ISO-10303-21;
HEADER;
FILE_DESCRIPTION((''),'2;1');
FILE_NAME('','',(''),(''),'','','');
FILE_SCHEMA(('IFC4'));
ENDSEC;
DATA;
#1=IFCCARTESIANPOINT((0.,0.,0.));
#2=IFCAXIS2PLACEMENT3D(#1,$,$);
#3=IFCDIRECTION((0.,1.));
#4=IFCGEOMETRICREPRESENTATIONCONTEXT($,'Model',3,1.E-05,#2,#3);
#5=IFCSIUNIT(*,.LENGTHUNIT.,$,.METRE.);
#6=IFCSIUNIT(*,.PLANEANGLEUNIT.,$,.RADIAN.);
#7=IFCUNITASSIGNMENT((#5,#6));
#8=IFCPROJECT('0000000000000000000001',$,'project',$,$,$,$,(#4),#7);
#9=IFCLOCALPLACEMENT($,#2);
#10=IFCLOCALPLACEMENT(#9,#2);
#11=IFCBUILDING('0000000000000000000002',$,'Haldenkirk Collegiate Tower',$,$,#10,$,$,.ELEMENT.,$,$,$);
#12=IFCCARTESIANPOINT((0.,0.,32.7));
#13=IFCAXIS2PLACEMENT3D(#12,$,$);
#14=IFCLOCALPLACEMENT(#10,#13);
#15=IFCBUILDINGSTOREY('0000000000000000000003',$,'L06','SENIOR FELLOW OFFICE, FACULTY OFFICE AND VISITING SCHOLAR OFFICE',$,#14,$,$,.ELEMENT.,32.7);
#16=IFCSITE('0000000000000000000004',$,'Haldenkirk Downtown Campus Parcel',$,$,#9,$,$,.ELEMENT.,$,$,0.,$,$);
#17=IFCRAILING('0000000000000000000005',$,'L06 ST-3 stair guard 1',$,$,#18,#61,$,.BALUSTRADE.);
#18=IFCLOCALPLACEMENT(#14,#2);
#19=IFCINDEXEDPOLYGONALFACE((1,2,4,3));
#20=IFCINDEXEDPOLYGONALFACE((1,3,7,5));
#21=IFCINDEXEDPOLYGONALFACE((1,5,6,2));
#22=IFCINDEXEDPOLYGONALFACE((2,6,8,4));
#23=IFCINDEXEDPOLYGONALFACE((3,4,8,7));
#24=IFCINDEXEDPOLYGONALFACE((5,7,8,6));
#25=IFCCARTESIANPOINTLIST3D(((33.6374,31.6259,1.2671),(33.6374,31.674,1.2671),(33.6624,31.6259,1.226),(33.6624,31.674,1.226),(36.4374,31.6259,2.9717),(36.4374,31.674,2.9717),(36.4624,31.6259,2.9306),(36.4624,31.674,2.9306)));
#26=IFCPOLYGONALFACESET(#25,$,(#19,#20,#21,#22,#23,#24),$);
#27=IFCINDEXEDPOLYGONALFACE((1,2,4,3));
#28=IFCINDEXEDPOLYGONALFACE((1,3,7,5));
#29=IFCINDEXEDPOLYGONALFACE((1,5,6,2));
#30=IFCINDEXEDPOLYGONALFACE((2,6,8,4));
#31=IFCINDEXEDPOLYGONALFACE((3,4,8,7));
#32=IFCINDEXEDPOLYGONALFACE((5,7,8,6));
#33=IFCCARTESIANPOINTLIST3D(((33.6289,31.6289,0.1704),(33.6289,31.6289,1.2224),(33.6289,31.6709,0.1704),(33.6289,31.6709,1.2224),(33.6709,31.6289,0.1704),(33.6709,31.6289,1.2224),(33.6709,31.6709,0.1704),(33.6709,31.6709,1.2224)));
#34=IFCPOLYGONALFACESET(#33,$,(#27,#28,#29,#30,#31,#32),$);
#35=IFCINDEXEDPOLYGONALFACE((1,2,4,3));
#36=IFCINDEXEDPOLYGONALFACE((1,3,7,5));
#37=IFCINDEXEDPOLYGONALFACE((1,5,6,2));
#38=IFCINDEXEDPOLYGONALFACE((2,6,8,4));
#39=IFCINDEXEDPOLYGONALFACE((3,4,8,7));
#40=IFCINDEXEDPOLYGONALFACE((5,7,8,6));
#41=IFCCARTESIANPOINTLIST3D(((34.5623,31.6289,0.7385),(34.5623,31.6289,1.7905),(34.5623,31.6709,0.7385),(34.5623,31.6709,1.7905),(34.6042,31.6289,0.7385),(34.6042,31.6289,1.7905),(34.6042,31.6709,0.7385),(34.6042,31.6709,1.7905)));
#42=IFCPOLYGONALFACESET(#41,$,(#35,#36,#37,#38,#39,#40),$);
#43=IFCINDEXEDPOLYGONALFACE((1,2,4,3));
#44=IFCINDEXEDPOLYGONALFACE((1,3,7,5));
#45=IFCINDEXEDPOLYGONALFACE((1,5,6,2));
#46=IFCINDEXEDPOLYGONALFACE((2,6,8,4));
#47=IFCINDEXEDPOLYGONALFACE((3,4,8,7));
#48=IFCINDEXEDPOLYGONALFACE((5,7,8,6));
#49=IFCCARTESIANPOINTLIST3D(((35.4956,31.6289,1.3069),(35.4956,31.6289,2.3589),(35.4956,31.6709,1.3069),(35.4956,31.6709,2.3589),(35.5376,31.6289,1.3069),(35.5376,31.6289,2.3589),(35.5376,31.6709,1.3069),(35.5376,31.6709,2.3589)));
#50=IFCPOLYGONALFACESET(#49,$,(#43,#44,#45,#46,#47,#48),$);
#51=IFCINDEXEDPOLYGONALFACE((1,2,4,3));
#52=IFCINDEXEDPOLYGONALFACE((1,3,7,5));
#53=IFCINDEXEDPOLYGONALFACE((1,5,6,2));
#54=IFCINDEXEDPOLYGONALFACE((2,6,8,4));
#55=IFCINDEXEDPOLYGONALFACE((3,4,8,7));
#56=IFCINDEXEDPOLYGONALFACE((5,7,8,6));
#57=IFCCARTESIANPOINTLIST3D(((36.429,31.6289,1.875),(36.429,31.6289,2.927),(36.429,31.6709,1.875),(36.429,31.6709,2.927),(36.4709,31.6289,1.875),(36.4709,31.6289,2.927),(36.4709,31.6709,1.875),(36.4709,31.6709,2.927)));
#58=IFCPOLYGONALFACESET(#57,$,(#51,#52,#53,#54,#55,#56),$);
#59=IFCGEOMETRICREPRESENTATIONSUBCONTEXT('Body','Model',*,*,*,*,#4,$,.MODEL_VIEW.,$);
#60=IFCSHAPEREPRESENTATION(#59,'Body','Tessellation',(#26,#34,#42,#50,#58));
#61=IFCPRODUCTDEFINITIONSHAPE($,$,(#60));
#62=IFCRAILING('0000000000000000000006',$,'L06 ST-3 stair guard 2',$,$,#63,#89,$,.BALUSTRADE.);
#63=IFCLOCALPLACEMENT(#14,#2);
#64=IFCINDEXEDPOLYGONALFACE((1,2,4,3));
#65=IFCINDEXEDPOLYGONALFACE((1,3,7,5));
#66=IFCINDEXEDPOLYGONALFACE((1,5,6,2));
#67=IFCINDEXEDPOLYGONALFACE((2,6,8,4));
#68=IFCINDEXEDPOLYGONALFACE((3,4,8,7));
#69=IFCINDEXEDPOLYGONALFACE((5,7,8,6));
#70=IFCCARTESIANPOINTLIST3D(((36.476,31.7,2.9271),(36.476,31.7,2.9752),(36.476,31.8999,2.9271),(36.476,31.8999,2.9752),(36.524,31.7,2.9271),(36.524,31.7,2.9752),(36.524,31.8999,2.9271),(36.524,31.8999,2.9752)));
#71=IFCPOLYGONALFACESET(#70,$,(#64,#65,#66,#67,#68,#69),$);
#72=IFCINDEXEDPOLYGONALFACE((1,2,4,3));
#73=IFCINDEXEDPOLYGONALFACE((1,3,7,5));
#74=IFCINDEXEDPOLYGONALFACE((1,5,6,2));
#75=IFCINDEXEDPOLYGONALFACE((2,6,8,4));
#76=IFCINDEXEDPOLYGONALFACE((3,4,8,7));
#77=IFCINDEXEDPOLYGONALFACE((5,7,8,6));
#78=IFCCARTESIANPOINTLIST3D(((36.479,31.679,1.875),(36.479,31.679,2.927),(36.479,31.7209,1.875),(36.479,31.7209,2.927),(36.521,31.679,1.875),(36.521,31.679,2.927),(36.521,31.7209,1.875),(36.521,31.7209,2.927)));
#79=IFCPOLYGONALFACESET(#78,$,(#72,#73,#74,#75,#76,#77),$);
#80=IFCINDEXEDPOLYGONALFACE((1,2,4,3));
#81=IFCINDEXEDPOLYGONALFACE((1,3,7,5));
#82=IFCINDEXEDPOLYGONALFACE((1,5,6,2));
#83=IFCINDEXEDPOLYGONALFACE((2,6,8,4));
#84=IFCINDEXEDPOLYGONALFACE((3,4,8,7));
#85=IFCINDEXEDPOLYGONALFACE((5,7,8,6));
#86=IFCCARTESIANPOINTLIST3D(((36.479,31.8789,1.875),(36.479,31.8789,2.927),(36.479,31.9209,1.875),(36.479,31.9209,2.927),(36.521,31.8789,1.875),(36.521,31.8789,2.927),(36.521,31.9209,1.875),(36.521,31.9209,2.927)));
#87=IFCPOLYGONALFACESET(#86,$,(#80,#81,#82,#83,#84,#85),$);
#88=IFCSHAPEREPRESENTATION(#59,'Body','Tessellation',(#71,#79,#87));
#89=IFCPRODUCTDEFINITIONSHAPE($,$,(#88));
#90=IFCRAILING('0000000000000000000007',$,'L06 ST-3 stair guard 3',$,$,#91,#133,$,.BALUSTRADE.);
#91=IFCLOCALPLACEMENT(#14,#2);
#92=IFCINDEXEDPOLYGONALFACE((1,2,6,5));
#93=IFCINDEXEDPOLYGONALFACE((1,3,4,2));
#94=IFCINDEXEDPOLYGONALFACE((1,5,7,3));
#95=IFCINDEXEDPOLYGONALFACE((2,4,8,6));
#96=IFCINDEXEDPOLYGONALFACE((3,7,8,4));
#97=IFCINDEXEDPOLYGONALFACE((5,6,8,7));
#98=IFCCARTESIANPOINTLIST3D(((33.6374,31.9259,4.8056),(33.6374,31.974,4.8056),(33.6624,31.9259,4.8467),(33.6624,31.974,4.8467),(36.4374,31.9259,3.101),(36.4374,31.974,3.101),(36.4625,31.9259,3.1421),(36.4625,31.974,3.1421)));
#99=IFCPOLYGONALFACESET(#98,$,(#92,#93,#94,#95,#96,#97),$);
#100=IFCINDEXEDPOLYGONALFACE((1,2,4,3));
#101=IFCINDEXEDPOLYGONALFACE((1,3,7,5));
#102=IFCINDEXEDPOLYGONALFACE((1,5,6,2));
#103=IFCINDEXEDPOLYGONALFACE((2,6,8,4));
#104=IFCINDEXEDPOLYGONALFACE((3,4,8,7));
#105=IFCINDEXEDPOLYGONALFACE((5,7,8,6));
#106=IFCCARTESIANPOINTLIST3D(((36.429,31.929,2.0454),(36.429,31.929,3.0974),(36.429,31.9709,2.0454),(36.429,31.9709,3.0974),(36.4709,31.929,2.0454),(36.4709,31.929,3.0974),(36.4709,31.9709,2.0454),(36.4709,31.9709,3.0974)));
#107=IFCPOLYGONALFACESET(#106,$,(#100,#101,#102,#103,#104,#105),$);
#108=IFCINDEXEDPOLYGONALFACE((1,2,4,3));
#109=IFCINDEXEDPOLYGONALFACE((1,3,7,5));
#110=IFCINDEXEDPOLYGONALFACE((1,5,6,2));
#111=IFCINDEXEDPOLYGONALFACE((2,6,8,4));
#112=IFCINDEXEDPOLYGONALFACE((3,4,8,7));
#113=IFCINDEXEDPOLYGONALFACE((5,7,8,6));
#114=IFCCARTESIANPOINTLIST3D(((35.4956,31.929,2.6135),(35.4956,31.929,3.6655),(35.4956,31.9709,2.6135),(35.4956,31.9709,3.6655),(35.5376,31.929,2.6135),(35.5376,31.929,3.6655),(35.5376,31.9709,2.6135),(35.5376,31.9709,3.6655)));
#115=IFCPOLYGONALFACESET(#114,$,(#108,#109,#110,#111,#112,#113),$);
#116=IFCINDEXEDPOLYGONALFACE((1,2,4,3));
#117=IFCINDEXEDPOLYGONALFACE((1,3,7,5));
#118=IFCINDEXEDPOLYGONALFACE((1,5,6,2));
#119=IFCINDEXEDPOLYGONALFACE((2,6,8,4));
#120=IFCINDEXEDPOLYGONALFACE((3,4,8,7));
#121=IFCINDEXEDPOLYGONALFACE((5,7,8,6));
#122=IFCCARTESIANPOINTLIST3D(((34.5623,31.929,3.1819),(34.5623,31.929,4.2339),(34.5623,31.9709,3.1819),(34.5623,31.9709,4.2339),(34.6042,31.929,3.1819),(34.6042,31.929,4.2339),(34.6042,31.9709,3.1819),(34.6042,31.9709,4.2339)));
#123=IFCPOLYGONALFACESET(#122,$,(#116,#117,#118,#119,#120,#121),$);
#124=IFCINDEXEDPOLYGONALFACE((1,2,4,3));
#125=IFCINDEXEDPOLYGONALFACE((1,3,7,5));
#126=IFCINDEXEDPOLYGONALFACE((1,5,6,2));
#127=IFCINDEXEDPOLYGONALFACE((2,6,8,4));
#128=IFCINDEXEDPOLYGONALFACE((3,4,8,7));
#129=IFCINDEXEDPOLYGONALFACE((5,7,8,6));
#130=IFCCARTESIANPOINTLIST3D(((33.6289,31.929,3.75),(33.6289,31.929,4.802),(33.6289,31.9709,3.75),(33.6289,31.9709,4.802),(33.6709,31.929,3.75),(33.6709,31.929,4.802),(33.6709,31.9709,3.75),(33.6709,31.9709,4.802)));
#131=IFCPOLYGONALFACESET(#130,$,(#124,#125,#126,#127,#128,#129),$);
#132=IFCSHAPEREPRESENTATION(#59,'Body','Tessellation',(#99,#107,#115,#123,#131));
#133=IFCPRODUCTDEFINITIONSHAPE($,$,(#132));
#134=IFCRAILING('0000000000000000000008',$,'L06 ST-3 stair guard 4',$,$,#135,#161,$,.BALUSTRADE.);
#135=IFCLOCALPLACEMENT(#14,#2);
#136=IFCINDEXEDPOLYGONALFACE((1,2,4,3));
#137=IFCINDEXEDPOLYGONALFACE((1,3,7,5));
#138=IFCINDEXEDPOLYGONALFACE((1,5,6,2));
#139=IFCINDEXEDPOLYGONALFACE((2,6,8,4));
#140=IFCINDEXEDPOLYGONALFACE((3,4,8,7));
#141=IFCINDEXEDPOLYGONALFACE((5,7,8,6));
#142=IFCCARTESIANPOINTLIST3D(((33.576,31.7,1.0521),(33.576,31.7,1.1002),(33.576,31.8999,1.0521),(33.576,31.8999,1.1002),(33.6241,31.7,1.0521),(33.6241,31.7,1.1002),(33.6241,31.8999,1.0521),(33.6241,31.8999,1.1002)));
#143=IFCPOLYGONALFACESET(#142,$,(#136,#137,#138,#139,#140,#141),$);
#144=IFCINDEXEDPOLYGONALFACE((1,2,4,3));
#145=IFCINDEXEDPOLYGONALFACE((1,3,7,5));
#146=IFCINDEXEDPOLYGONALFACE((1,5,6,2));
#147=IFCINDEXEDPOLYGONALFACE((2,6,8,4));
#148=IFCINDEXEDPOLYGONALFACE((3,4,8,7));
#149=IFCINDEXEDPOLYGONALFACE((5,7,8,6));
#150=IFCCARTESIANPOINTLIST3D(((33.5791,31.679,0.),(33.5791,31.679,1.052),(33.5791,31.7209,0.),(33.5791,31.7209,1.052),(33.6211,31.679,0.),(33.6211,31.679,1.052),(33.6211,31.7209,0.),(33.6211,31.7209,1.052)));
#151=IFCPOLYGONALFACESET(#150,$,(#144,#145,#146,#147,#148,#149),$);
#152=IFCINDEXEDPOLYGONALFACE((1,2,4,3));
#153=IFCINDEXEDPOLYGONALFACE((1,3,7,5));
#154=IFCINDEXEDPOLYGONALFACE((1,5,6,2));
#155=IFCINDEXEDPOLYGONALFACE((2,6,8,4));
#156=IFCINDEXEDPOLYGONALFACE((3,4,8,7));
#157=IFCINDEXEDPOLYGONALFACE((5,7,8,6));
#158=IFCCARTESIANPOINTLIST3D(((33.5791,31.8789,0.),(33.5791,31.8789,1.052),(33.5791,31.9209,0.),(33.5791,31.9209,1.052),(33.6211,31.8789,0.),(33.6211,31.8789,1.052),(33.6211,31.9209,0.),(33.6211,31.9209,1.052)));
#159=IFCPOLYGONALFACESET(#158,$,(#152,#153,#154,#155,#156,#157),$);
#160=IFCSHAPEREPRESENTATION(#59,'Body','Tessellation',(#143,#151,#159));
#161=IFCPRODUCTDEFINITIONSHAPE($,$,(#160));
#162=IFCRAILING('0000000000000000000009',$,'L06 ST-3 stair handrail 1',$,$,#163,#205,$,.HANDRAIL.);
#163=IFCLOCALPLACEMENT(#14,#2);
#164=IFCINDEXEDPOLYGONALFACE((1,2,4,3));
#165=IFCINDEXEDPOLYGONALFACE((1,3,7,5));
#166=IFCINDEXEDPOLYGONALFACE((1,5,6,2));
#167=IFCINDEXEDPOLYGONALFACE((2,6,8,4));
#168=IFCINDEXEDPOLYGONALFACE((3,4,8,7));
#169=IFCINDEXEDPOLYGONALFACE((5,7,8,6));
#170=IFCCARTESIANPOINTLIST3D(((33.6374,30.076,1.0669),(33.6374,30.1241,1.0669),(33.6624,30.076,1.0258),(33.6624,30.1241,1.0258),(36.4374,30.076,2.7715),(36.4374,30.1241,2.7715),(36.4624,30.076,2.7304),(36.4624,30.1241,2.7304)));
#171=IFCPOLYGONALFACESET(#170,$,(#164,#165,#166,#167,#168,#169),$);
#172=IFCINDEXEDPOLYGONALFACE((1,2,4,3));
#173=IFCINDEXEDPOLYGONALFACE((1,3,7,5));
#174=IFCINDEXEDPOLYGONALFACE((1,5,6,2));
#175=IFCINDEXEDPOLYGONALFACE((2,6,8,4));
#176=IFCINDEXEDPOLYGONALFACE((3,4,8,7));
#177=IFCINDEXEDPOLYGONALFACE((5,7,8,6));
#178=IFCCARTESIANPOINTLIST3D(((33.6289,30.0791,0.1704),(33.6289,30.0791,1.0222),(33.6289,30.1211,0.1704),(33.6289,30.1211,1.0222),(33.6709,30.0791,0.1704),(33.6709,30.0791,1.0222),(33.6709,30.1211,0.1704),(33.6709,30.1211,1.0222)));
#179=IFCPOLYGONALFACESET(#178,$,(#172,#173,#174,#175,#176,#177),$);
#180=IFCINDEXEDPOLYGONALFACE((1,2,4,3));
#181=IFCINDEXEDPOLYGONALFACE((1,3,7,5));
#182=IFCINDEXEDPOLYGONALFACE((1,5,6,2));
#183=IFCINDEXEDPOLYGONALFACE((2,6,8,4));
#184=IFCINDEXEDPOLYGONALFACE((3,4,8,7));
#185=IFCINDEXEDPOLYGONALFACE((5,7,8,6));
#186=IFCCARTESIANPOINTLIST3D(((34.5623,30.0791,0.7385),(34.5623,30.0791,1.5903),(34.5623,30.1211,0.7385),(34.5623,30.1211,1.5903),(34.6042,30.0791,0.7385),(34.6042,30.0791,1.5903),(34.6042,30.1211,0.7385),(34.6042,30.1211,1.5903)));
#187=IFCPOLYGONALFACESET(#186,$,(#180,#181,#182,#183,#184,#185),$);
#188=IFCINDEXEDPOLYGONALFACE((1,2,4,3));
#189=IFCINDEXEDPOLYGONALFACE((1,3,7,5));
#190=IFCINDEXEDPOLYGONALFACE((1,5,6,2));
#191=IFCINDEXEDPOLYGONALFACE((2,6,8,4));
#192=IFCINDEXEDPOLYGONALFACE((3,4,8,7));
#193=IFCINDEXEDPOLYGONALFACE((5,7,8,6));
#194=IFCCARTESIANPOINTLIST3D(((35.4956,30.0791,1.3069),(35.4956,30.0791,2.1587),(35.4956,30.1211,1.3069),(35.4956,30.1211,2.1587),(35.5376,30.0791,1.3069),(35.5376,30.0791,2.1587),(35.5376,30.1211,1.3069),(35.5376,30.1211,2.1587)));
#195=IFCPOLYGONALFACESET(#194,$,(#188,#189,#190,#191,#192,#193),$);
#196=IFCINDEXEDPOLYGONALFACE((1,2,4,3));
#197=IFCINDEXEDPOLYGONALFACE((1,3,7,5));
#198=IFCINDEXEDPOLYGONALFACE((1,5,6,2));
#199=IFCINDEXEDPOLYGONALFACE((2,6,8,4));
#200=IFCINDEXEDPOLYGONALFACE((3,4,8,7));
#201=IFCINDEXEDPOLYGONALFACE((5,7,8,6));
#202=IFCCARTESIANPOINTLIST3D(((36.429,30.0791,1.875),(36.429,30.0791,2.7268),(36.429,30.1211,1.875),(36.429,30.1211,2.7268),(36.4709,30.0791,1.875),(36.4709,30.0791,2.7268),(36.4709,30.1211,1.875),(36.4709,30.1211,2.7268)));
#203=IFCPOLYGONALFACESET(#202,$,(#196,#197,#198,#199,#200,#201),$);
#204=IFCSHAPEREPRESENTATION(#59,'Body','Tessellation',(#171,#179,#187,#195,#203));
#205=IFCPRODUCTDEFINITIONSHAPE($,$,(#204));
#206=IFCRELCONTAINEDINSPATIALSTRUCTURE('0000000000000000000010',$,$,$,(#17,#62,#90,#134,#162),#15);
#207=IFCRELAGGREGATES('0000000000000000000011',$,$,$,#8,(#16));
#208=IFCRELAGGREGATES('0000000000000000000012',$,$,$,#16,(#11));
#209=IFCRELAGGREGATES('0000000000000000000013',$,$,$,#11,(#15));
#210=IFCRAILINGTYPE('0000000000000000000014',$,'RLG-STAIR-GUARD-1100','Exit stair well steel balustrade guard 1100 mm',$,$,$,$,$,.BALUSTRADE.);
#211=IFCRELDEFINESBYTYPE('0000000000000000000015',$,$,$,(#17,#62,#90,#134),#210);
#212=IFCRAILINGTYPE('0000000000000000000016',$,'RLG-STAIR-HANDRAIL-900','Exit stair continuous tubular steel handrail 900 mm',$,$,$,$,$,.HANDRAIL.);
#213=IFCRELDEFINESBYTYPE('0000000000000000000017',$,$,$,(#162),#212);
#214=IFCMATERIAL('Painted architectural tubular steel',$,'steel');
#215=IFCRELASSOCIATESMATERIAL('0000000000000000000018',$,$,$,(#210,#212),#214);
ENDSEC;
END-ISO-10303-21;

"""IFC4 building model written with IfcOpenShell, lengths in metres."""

from ifc_helpers import new_model, si_unit, direction, frame, origin, origin_2d, place, context, subcontext, project, spatial, rectangle, extrude, material, type_object, element, save


model = new_model("IFC4")

# Units and contexts
model_context = context("Model", 3, precision=1e-05, world=origin(), true_north=direction((0.0, 1.0)))
body_context = subcontext(model_context, "Body", "Model", "MODEL_VIEW")
ifc_project = project(units=[si_unit("LENGTHUNIT", "METRE"), si_unit("PLANEANGLEUNIT", "RADIAN")], contexts=[model_context])

# Site, building, storey
site_placement = place(None, origin())
site = spatial("IfcSite", under=ifc_project, at=site_placement, Name="Haldenkirk Downtown Campus Parcel", CompositionType="ELEMENT", RefElevation=0.0)
building_placement = place(site_placement, origin())
building = spatial("IfcBuilding", under=site, at=building_placement, Name="Haldenkirk Collegiate Tower", CompositionType="ELEMENT")
storey_placement = place(building_placement, frame((0.0, 0.0, 32.7)))
storey = spatial("IfcBuildingStorey", under=building, at=storey_placement, Name="L06", Description="SENIOR FELLOW OFFICE, FACULTY OFFICE AND VISITING SCHOLAR OFFICE", CompositionType="ELEMENT", Elevation=32.7)

# Railings
ifc_material_1 = material(Name="Painted architectural tubular steel", Category="steel")
railing_type_1 = type_object("IfcRailingType", Name="RLG-STAIR-GUARD-1100", Description="Exit stair well steel balustrade guard 1100 mm", PredefinedType="BALUSTRADE", material=ifc_material_1)
railing_1_placement = place(storey_placement, frame((33.6499, 31.6499, 0.1704)))
element("IfcRailing", 1, at=railing_1_placement, inside=storey, type_object=railing_type_1, Name="L06 ST-3 stair guard 1", PredefinedType="BALUSTRADE", context=body_context, shape_type="SweptSolid", body=[
    extrude(rectangle(XDim=0.0481, YDim=0.0481, at=origin_2d()), frame((0.0, 0.0, 1.0762), z_axis=(0.85417, 0.0, 0.519994), x_axis=(0.0, 1.0, 0.0)), (0.0, 0.0, 1.0), 3.2781),
    extrude(rectangle(XDim=0.042, YDim=0.042, at=origin_2d()), origin(), (0.0, 0.0, 1.0), 1.052),
    extrude(rectangle(XDim=0.042, YDim=0.042, at=origin_2d()), frame((0.9333, 0.0, 0.5681)), (0.0, 0.0, 1.0), 1.052),
    extrude(rectangle(XDim=0.042, YDim=0.042, at=origin_2d()), frame((1.8667, 0.0, 1.1365)), (0.0, 0.0, 1.0), 1.052),
    extrude(rectangle(XDim=0.042, YDim=0.042, at=origin_2d()), frame((2.8, 0.0, 1.7046)), (0.0, 0.0, 1.0), 1.052),
])
railing_2_placement = place(storey_placement, frame((36.5, 31.7, 1.875)))
element("IfcRailing", 2, at=railing_2_placement, inside=storey, type_object=railing_type_1, Name="L06 ST-3 stair guard 2", PredefinedType="BALUSTRADE", context=body_context, shape_type="SweptSolid", body=[
    extrude(rectangle(XDim=0.0481, YDim=0.0481, at=origin_2d()), frame((0.0, 0.0, 1.0762), z_axis=(0.0, 1.0, 0.0), x_axis=(-1.0, 0.0, 0.0)), (0.0, 0.0, 1.0), 0.2),
    extrude(rectangle(XDim=0.042, YDim=0.042, at=origin_2d()), origin(), (0.0, 0.0, 1.0), 1.052),
    extrude(rectangle(XDim=0.042, YDim=0.042, at=origin_2d()), frame((0.0, 0.2, 0.0)), (0.0, 0.0, 1.0), 1.052),
])
railing_3_placement = place(storey_placement, frame((36.45, 31.95, 2.0454)))
element("IfcRailing", 3, at=railing_3_placement, inside=storey, type_object=railing_type_1, Name="L06 ST-3 stair guard 3", PredefinedType="BALUSTRADE", context=body_context, shape_type="SweptSolid", body=[
    extrude(rectangle(XDim=0.0481, YDim=0.0481, at=origin_2d()), frame((0.0, 0.0, 1.0762), z_axis=(-0.85417, 0.0, 0.519994), x_axis=(0.0, -1.0, 0.0)), (0.0, 0.0, 1.0), 3.2781),
    extrude(rectangle(XDim=0.042, YDim=0.042, at=origin_2d()), origin(), (0.0, 0.0, 1.0), 1.052),
    extrude(rectangle(XDim=0.042, YDim=0.042, at=origin_2d()), frame((-0.9333, 0.0, 0.5681)), (0.0, 0.0, 1.0), 1.052),
    extrude(rectangle(XDim=0.042, YDim=0.042, at=origin_2d()), frame((-1.8667, 0.0, 1.1365)), (0.0, 0.0, 1.0), 1.052),
    extrude(rectangle(XDim=0.042, YDim=0.042, at=origin_2d()), frame((-2.8, 0.0, 1.7046)), (0.0, 0.0, 1.0), 1.052),
])
railing_4_placement = place(storey_placement, frame((33.6001, 31.7, 0.0)))
element("IfcRailing", 4, at=railing_4_placement, inside=storey, type_object=railing_type_1, Name="L06 ST-3 stair guard 4", PredefinedType="BALUSTRADE", context=body_context, shape_type="SweptSolid", body=[
    extrude(rectangle(XDim=0.0481, YDim=0.0481, at=origin_2d()), frame((0.0, 0.0, 1.0762), z_axis=(0.0, 1.0, 0.0), x_axis=(-1.0, 0.0, 0.0)), (0.0, 0.0, 1.0), 0.2),
    extrude(rectangle(XDim=0.042, YDim=0.042, at=origin_2d()), origin(), (0.0, 0.0, 1.0), 1.052),
    extrude(rectangle(XDim=0.042, YDim=0.042, at=origin_2d()), frame((0.0, 0.2, 0.0)), (0.0, 0.0, 1.0), 1.052),
])
railing_type_2 = type_object("IfcRailingType", Name="RLG-STAIR-HANDRAIL-900", Description="Exit stair continuous tubular steel handrail 900 mm", PredefinedType="HANDRAIL", material=ifc_material_1)
railing_5_placement = place(storey_placement, frame((33.6499, 30.1001, 0.1704)))
element("IfcRailing", 5, at=railing_5_placement, inside=storey, type_object=railing_type_2, Name="L06 ST-3 stair handrail 1", PredefinedType="HANDRAIL", context=body_context, shape_type="SweptSolid", body=[
    extrude(rectangle(XDim=0.0481, YDim=0.0481, at=origin_2d()), frame((0.0, 0.0, 0.876), z_axis=(0.85417, 0.0, 0.519994), x_axis=(0.0, 1.0, 0.0)), (0.0, 0.0, 1.0), 3.2781),
    extrude(rectangle(XDim=0.042, YDim=0.042, at=origin_2d()), origin(), (0.0, 0.0, 1.0), 0.8518),
    extrude(rectangle(XDim=0.042, YDim=0.042, at=origin_2d()), frame((0.9333, 0.0, 0.5681)), (0.0, 0.0, 1.0), 0.8518),
    extrude(rectangle(XDim=0.042, YDim=0.042, at=origin_2d()), frame((1.8667, 0.0, 1.1365)), (0.0, 0.0, 1.0), 0.8518),
    extrude(rectangle(XDim=0.042, YDim=0.042, at=origin_2d()), frame((2.8, 0.0, 1.7046)), (0.0, 0.0, 1.0), 0.8518),
])

save(model, "model.ifc")
